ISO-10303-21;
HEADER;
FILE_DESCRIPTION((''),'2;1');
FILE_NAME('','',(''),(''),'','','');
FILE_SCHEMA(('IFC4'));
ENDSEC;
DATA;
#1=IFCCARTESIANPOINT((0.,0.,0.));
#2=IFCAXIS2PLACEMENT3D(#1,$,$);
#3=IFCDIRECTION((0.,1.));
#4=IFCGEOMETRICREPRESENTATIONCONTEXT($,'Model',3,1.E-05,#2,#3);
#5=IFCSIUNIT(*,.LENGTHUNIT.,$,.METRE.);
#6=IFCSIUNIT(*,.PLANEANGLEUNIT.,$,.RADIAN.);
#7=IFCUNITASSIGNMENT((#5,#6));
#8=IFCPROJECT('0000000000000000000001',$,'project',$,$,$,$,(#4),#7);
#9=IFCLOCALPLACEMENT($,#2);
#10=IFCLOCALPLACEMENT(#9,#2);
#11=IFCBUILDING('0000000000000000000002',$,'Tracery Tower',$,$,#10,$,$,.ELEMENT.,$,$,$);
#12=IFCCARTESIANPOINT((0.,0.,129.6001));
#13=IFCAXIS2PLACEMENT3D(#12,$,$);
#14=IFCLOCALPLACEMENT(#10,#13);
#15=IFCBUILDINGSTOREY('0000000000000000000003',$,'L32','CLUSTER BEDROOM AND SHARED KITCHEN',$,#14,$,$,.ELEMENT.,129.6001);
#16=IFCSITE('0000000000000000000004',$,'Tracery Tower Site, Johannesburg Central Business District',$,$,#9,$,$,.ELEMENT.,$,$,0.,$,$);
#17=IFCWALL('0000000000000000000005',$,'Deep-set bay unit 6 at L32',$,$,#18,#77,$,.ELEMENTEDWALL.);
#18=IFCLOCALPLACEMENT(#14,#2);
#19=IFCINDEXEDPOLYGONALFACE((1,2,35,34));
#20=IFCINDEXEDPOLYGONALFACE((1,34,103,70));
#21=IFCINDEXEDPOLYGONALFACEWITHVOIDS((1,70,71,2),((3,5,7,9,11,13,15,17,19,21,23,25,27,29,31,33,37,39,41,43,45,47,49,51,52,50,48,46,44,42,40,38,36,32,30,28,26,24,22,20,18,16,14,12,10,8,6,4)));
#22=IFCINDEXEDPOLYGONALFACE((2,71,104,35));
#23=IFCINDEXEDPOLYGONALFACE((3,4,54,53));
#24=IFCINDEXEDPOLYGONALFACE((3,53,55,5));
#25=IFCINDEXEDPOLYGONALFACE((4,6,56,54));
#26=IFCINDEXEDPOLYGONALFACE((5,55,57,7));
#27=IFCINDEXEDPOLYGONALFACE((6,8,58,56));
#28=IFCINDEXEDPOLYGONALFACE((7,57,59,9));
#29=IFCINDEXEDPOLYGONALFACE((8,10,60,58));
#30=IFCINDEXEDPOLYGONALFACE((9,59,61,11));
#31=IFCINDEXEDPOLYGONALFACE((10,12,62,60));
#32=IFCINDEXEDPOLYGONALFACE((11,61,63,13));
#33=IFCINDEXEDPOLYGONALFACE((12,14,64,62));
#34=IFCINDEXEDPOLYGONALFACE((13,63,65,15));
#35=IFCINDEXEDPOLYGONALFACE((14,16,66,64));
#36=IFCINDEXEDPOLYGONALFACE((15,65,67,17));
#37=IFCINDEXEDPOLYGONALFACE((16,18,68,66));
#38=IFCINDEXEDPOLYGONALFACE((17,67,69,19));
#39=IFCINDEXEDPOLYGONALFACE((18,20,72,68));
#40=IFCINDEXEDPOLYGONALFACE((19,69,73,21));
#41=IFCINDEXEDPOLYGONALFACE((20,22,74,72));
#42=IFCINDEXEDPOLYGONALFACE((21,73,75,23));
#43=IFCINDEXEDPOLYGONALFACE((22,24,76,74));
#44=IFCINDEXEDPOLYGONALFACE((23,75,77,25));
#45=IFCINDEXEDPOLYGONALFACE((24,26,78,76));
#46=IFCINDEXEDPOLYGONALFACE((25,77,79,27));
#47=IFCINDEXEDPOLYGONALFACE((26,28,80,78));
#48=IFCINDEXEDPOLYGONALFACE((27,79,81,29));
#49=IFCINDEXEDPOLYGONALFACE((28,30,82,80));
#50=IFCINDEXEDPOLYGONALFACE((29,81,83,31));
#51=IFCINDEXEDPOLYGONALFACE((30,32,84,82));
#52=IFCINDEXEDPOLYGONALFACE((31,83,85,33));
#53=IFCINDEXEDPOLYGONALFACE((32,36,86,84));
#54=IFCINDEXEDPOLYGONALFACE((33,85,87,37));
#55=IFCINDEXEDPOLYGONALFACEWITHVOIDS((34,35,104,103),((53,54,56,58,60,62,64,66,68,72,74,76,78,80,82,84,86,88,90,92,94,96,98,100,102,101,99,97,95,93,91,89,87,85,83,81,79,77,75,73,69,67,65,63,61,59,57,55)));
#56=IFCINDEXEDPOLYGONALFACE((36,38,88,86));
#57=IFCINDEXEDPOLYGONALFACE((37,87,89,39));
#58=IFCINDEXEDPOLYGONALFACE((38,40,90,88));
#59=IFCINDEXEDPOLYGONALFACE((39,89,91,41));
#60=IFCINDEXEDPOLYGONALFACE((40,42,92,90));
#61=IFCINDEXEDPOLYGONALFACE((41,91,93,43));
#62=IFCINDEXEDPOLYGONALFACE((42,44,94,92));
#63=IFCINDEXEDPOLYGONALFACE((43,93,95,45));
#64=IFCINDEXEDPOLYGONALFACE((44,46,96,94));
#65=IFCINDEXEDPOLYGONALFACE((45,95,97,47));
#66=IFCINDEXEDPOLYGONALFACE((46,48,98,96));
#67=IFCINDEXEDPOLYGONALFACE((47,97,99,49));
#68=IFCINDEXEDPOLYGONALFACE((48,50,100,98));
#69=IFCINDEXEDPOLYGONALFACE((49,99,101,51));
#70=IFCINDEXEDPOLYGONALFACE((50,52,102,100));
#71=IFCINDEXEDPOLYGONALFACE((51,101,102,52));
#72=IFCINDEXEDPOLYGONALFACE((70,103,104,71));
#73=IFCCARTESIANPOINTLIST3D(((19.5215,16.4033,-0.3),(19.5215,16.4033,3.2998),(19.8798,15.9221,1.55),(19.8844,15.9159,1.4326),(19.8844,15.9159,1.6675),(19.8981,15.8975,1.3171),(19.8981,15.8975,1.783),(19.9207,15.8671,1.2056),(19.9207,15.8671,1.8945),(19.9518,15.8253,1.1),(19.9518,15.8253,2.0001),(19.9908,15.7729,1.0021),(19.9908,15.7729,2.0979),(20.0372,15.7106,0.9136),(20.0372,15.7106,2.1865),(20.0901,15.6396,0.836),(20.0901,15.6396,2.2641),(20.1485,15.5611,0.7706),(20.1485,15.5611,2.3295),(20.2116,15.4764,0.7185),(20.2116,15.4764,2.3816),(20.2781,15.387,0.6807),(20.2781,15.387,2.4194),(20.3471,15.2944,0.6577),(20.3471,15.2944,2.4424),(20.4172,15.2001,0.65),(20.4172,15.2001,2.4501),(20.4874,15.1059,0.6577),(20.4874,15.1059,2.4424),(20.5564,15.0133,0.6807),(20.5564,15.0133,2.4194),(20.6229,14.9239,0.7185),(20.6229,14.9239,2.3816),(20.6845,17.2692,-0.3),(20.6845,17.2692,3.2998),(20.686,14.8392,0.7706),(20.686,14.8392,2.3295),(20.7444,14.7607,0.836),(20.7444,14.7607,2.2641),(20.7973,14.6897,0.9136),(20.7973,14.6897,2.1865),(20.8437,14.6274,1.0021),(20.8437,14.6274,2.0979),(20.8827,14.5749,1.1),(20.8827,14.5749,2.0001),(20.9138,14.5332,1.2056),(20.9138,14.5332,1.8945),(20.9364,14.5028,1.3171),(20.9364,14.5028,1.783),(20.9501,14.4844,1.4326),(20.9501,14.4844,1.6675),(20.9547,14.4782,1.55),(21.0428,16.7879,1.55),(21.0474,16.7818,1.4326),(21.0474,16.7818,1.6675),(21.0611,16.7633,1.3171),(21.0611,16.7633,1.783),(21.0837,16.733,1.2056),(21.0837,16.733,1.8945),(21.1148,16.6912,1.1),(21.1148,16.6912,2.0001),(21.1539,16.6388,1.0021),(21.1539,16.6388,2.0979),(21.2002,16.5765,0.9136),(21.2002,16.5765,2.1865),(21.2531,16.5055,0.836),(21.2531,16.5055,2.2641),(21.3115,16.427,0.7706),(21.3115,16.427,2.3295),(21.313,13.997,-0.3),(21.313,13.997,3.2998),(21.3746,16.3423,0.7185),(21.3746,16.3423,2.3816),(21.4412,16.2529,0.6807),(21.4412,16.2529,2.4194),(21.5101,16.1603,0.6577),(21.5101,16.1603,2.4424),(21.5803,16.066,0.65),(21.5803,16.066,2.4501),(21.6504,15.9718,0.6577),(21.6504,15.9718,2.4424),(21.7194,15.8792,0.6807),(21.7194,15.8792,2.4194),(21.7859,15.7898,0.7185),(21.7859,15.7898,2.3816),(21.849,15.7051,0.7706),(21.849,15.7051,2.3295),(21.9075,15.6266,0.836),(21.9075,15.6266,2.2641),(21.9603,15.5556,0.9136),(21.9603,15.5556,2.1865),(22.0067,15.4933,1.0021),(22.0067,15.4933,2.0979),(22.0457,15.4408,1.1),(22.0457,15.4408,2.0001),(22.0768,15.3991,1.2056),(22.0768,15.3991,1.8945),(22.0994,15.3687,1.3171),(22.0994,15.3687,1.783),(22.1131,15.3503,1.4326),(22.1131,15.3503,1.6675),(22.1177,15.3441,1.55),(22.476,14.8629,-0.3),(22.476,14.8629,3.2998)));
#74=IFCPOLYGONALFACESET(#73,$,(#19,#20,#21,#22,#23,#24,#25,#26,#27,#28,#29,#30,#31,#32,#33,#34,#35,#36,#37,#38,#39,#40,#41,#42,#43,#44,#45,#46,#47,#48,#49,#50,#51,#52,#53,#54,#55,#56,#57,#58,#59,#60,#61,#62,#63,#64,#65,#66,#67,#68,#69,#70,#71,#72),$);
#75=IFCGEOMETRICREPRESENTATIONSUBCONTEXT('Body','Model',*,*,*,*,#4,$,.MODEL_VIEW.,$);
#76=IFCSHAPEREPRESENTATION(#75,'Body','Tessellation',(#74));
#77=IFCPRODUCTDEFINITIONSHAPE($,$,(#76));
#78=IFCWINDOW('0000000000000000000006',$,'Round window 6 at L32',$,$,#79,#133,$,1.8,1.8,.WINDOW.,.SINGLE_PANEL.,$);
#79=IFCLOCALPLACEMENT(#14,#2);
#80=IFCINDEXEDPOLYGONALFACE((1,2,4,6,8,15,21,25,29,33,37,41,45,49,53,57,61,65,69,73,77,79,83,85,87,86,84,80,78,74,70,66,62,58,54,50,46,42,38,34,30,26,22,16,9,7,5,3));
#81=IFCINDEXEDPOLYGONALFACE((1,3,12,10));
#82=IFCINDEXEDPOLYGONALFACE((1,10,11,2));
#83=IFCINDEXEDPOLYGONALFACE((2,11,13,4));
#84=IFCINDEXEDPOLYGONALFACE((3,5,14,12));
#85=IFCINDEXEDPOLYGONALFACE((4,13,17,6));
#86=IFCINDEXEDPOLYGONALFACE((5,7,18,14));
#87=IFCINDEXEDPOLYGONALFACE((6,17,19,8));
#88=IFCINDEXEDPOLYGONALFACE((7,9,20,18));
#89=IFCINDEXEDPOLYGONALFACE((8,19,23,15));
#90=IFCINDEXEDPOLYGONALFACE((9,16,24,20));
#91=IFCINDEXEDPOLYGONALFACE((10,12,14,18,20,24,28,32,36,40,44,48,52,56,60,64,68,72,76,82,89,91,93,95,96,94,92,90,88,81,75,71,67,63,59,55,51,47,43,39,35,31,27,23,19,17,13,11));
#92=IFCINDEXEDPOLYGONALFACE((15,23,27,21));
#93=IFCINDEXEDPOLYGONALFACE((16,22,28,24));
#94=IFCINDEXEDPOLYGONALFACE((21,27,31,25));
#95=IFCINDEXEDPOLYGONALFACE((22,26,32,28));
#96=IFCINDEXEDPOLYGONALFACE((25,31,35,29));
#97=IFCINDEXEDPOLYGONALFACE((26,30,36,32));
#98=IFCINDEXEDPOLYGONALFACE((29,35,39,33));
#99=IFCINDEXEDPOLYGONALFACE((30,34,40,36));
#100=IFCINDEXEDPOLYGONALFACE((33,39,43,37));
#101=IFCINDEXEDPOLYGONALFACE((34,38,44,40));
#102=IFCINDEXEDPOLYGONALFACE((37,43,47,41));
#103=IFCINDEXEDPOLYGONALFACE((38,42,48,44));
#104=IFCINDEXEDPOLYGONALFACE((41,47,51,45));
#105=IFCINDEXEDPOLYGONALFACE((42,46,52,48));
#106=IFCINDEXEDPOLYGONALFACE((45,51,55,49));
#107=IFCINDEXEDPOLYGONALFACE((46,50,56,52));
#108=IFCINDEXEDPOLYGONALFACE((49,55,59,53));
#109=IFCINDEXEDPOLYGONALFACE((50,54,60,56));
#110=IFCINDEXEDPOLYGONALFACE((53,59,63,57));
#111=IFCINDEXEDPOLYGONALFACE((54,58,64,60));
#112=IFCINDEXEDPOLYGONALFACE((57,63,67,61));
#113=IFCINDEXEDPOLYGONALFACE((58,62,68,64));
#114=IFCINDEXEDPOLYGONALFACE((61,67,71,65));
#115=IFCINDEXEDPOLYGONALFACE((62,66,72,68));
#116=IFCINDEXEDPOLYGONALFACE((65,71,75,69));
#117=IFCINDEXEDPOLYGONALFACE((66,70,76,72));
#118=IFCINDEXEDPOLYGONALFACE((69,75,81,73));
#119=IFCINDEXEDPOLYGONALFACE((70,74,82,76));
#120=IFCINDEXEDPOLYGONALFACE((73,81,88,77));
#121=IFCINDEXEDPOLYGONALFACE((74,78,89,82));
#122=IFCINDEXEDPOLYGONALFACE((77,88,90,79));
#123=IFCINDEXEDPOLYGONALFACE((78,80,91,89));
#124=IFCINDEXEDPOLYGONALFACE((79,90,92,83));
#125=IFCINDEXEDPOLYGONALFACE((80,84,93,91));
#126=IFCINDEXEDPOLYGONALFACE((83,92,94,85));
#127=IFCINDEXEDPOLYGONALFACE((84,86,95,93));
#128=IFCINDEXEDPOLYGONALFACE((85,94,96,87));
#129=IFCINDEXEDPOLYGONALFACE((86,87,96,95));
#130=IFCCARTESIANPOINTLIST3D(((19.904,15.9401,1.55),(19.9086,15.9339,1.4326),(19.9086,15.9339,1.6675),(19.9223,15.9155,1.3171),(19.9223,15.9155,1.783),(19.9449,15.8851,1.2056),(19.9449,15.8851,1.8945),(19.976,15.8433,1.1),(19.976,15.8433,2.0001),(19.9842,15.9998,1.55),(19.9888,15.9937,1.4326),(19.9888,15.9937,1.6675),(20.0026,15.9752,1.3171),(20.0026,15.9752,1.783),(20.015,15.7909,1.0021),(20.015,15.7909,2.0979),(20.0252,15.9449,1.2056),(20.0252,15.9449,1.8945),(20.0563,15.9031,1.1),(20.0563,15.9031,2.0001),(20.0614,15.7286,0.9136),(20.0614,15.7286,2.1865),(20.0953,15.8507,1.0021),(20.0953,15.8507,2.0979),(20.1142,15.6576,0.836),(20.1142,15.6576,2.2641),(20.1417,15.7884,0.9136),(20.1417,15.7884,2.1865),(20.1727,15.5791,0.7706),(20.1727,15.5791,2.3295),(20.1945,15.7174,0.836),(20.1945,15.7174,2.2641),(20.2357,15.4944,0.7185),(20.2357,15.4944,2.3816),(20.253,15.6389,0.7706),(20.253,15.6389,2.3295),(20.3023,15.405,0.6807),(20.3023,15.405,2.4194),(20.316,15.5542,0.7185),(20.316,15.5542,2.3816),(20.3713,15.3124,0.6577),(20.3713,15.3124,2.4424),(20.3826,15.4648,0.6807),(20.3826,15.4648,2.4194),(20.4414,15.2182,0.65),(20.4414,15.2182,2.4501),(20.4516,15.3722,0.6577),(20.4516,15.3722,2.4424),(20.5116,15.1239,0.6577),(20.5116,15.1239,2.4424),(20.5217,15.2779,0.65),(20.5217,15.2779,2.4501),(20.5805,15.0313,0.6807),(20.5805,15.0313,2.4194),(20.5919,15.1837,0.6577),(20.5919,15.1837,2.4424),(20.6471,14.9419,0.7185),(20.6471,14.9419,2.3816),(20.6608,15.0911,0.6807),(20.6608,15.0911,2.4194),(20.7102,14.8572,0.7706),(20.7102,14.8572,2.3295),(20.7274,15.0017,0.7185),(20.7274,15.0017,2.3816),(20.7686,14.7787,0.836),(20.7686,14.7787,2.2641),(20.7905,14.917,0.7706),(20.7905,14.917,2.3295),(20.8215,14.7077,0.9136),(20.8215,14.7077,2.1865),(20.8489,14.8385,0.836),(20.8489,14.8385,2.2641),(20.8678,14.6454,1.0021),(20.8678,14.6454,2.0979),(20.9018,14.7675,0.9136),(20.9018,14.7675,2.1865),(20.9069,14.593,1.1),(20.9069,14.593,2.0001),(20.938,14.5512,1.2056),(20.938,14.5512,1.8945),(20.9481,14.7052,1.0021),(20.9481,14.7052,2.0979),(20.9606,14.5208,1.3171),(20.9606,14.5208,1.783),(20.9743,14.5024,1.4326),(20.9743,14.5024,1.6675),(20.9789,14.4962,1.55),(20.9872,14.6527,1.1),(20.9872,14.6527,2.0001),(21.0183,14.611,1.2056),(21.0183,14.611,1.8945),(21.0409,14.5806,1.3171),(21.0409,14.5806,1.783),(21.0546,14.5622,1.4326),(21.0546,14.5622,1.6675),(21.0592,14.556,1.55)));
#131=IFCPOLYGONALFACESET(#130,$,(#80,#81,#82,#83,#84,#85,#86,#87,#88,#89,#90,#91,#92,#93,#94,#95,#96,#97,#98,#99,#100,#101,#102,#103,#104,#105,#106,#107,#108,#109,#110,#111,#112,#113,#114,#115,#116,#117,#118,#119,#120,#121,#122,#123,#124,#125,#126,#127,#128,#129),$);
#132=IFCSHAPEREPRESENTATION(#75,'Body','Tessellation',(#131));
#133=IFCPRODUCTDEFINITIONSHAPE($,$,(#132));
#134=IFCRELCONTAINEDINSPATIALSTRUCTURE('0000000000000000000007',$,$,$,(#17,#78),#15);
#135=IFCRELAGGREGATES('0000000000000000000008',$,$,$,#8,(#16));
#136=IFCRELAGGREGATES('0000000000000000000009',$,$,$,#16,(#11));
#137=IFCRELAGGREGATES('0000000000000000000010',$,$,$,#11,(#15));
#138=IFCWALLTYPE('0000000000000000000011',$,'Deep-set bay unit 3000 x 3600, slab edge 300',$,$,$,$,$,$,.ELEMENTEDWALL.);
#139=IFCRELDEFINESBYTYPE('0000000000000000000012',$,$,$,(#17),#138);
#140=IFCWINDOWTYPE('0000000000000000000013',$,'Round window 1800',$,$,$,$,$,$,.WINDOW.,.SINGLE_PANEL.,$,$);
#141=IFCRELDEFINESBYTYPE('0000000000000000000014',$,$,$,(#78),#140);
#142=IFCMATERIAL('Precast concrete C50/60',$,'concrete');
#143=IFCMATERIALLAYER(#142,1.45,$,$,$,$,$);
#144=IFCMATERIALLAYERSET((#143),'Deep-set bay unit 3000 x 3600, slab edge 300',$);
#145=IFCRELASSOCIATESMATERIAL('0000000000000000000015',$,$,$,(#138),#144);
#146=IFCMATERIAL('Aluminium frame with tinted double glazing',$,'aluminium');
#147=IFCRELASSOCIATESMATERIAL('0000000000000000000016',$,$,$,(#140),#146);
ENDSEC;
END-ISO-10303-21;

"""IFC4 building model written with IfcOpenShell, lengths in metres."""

from ifc_helpers import new_model, si_unit, direction, frame, frame_2d, origin, origin_2d, place, context, subcontext, project, spatial, rectangle, circle, extrude, material, layer, layer_set, type_object, element, fill, save


model = new_model("IFC4")

# Units and contexts
model_context = context("Model", 3, precision=1e-05, world=origin(), true_north=direction((0.0, 1.0)))
body_context = subcontext(model_context, "Body", "Model", "MODEL_VIEW")
ifc_project = project(units=[si_unit("LENGTHUNIT", "METRE"), si_unit("PLANEANGLEUNIT", "RADIAN")], contexts=[model_context])

# Site, building, storey
site_placement = place(None, origin())
site = spatial("IfcSite", under=ifc_project, at=site_placement, Name="Tracery Tower Site, Johannesburg Central Business District", CompositionType="ELEMENT", RefElevation=0.0)
building_placement = place(site_placement, origin())
building = spatial("IfcBuilding", under=site, at=building_placement, Name="Tracery Tower", CompositionType="ELEMENT")
storey_placement = place(building_placement, frame((0.0, 0.0, 129.6001)))
storey = spatial("IfcBuildingStorey", under=building, at=storey_placement, Name="L32", Description="CLUSTER BEDROOM AND SHARED KITCHEN", CompositionType="ELEMENT", Elevation=129.6001)

# Wall, opening, window
ifc_material_1 = material(Name="Precast concrete C50/60", Category="concrete")
ifc_layer_1 = layer(ifc_material_1, 1.45)
ifc_layer_set_1 = layer_set([ifc_layer_1], Name="Deep-set bay unit 3000 x 3600, slab edge 300")
wall_type_1 = type_object("IfcWallType", Name="Deep-set bay unit 3000 x 3600, slab edge 300", PredefinedType="ELEMENTEDWALL", material=ifc_layer_set_1)
wall_1_placement = place(storey_placement, frame((21.8945, 14.4299, -0.3), z_axis=(0.0, 0.0, 1.0), x_axis=(-0.597184, 0.802104, 0.0)))
wall_1 = element("IfcWall", 1, at=wall_1_placement, inside=storey, type_object=wall_type_1, Name="Deep-set bay unit 6 at L32", PredefinedType="ELEMENTEDWALL", context=body_context, shape_type="SweptSolid", body=[
    extrude(rectangle(XDim=3.0, YDim=1.45, at=frame_2d((1.5, 0.0))), origin(), (0.0, 0.0, 1.0), 3.5999),
])
opening_1_placement = place(wall_1_placement, frame((1.5, 0.0, 1.8501)))
opening_1 = element("IfcOpeningElement", 2, at=opening_1_placement, cuts=wall_1, PredefinedType="OPENING", context=body_context, shape_type="SweptSolid", body=[
    extrude(circle(Radius=0.9, at=origin_2d()), frame((0.0, 0.7349, 0.0), z_axis=(0.0, -1.0, 0.0), x_axis=(1.0, 0.0, 0.0)), (0.0, 0.0, 1.0), 1.47),
])
ifc_material_2 = material(Name="Aluminium frame with tinted double glazing", Category="aluminium")
window_type = type_object("IfcWindowType", Name="Round window 1800", PartitioningType="SINGLE_PANEL", PredefinedType="WINDOW", material=ifc_material_2)
window_1_placement = place(opening_1_placement, origin())
window_1 = element("IfcWindow", 3, at=window_1_placement, inside=storey, type_object=window_type, Name="Round window 6 at L32", OverallHeight=1.8, OverallWidth=1.8, PartitioningType="SINGLE_PANEL", PredefinedType="WINDOW", context=body_context, shape_type="SweptSolid", body=[
    extrude(circle(Radius=0.9, at=origin_2d()), frame((0.0, 0.6948, 0.0), z_axis=(0.0, -1.0, 0.0), x_axis=(1.0, 0.0, 0.0)), (0.0, 0.0, 1.0), 0.1001),
])
fill(opening_1, window_1)

save(model, "model.ifc")
